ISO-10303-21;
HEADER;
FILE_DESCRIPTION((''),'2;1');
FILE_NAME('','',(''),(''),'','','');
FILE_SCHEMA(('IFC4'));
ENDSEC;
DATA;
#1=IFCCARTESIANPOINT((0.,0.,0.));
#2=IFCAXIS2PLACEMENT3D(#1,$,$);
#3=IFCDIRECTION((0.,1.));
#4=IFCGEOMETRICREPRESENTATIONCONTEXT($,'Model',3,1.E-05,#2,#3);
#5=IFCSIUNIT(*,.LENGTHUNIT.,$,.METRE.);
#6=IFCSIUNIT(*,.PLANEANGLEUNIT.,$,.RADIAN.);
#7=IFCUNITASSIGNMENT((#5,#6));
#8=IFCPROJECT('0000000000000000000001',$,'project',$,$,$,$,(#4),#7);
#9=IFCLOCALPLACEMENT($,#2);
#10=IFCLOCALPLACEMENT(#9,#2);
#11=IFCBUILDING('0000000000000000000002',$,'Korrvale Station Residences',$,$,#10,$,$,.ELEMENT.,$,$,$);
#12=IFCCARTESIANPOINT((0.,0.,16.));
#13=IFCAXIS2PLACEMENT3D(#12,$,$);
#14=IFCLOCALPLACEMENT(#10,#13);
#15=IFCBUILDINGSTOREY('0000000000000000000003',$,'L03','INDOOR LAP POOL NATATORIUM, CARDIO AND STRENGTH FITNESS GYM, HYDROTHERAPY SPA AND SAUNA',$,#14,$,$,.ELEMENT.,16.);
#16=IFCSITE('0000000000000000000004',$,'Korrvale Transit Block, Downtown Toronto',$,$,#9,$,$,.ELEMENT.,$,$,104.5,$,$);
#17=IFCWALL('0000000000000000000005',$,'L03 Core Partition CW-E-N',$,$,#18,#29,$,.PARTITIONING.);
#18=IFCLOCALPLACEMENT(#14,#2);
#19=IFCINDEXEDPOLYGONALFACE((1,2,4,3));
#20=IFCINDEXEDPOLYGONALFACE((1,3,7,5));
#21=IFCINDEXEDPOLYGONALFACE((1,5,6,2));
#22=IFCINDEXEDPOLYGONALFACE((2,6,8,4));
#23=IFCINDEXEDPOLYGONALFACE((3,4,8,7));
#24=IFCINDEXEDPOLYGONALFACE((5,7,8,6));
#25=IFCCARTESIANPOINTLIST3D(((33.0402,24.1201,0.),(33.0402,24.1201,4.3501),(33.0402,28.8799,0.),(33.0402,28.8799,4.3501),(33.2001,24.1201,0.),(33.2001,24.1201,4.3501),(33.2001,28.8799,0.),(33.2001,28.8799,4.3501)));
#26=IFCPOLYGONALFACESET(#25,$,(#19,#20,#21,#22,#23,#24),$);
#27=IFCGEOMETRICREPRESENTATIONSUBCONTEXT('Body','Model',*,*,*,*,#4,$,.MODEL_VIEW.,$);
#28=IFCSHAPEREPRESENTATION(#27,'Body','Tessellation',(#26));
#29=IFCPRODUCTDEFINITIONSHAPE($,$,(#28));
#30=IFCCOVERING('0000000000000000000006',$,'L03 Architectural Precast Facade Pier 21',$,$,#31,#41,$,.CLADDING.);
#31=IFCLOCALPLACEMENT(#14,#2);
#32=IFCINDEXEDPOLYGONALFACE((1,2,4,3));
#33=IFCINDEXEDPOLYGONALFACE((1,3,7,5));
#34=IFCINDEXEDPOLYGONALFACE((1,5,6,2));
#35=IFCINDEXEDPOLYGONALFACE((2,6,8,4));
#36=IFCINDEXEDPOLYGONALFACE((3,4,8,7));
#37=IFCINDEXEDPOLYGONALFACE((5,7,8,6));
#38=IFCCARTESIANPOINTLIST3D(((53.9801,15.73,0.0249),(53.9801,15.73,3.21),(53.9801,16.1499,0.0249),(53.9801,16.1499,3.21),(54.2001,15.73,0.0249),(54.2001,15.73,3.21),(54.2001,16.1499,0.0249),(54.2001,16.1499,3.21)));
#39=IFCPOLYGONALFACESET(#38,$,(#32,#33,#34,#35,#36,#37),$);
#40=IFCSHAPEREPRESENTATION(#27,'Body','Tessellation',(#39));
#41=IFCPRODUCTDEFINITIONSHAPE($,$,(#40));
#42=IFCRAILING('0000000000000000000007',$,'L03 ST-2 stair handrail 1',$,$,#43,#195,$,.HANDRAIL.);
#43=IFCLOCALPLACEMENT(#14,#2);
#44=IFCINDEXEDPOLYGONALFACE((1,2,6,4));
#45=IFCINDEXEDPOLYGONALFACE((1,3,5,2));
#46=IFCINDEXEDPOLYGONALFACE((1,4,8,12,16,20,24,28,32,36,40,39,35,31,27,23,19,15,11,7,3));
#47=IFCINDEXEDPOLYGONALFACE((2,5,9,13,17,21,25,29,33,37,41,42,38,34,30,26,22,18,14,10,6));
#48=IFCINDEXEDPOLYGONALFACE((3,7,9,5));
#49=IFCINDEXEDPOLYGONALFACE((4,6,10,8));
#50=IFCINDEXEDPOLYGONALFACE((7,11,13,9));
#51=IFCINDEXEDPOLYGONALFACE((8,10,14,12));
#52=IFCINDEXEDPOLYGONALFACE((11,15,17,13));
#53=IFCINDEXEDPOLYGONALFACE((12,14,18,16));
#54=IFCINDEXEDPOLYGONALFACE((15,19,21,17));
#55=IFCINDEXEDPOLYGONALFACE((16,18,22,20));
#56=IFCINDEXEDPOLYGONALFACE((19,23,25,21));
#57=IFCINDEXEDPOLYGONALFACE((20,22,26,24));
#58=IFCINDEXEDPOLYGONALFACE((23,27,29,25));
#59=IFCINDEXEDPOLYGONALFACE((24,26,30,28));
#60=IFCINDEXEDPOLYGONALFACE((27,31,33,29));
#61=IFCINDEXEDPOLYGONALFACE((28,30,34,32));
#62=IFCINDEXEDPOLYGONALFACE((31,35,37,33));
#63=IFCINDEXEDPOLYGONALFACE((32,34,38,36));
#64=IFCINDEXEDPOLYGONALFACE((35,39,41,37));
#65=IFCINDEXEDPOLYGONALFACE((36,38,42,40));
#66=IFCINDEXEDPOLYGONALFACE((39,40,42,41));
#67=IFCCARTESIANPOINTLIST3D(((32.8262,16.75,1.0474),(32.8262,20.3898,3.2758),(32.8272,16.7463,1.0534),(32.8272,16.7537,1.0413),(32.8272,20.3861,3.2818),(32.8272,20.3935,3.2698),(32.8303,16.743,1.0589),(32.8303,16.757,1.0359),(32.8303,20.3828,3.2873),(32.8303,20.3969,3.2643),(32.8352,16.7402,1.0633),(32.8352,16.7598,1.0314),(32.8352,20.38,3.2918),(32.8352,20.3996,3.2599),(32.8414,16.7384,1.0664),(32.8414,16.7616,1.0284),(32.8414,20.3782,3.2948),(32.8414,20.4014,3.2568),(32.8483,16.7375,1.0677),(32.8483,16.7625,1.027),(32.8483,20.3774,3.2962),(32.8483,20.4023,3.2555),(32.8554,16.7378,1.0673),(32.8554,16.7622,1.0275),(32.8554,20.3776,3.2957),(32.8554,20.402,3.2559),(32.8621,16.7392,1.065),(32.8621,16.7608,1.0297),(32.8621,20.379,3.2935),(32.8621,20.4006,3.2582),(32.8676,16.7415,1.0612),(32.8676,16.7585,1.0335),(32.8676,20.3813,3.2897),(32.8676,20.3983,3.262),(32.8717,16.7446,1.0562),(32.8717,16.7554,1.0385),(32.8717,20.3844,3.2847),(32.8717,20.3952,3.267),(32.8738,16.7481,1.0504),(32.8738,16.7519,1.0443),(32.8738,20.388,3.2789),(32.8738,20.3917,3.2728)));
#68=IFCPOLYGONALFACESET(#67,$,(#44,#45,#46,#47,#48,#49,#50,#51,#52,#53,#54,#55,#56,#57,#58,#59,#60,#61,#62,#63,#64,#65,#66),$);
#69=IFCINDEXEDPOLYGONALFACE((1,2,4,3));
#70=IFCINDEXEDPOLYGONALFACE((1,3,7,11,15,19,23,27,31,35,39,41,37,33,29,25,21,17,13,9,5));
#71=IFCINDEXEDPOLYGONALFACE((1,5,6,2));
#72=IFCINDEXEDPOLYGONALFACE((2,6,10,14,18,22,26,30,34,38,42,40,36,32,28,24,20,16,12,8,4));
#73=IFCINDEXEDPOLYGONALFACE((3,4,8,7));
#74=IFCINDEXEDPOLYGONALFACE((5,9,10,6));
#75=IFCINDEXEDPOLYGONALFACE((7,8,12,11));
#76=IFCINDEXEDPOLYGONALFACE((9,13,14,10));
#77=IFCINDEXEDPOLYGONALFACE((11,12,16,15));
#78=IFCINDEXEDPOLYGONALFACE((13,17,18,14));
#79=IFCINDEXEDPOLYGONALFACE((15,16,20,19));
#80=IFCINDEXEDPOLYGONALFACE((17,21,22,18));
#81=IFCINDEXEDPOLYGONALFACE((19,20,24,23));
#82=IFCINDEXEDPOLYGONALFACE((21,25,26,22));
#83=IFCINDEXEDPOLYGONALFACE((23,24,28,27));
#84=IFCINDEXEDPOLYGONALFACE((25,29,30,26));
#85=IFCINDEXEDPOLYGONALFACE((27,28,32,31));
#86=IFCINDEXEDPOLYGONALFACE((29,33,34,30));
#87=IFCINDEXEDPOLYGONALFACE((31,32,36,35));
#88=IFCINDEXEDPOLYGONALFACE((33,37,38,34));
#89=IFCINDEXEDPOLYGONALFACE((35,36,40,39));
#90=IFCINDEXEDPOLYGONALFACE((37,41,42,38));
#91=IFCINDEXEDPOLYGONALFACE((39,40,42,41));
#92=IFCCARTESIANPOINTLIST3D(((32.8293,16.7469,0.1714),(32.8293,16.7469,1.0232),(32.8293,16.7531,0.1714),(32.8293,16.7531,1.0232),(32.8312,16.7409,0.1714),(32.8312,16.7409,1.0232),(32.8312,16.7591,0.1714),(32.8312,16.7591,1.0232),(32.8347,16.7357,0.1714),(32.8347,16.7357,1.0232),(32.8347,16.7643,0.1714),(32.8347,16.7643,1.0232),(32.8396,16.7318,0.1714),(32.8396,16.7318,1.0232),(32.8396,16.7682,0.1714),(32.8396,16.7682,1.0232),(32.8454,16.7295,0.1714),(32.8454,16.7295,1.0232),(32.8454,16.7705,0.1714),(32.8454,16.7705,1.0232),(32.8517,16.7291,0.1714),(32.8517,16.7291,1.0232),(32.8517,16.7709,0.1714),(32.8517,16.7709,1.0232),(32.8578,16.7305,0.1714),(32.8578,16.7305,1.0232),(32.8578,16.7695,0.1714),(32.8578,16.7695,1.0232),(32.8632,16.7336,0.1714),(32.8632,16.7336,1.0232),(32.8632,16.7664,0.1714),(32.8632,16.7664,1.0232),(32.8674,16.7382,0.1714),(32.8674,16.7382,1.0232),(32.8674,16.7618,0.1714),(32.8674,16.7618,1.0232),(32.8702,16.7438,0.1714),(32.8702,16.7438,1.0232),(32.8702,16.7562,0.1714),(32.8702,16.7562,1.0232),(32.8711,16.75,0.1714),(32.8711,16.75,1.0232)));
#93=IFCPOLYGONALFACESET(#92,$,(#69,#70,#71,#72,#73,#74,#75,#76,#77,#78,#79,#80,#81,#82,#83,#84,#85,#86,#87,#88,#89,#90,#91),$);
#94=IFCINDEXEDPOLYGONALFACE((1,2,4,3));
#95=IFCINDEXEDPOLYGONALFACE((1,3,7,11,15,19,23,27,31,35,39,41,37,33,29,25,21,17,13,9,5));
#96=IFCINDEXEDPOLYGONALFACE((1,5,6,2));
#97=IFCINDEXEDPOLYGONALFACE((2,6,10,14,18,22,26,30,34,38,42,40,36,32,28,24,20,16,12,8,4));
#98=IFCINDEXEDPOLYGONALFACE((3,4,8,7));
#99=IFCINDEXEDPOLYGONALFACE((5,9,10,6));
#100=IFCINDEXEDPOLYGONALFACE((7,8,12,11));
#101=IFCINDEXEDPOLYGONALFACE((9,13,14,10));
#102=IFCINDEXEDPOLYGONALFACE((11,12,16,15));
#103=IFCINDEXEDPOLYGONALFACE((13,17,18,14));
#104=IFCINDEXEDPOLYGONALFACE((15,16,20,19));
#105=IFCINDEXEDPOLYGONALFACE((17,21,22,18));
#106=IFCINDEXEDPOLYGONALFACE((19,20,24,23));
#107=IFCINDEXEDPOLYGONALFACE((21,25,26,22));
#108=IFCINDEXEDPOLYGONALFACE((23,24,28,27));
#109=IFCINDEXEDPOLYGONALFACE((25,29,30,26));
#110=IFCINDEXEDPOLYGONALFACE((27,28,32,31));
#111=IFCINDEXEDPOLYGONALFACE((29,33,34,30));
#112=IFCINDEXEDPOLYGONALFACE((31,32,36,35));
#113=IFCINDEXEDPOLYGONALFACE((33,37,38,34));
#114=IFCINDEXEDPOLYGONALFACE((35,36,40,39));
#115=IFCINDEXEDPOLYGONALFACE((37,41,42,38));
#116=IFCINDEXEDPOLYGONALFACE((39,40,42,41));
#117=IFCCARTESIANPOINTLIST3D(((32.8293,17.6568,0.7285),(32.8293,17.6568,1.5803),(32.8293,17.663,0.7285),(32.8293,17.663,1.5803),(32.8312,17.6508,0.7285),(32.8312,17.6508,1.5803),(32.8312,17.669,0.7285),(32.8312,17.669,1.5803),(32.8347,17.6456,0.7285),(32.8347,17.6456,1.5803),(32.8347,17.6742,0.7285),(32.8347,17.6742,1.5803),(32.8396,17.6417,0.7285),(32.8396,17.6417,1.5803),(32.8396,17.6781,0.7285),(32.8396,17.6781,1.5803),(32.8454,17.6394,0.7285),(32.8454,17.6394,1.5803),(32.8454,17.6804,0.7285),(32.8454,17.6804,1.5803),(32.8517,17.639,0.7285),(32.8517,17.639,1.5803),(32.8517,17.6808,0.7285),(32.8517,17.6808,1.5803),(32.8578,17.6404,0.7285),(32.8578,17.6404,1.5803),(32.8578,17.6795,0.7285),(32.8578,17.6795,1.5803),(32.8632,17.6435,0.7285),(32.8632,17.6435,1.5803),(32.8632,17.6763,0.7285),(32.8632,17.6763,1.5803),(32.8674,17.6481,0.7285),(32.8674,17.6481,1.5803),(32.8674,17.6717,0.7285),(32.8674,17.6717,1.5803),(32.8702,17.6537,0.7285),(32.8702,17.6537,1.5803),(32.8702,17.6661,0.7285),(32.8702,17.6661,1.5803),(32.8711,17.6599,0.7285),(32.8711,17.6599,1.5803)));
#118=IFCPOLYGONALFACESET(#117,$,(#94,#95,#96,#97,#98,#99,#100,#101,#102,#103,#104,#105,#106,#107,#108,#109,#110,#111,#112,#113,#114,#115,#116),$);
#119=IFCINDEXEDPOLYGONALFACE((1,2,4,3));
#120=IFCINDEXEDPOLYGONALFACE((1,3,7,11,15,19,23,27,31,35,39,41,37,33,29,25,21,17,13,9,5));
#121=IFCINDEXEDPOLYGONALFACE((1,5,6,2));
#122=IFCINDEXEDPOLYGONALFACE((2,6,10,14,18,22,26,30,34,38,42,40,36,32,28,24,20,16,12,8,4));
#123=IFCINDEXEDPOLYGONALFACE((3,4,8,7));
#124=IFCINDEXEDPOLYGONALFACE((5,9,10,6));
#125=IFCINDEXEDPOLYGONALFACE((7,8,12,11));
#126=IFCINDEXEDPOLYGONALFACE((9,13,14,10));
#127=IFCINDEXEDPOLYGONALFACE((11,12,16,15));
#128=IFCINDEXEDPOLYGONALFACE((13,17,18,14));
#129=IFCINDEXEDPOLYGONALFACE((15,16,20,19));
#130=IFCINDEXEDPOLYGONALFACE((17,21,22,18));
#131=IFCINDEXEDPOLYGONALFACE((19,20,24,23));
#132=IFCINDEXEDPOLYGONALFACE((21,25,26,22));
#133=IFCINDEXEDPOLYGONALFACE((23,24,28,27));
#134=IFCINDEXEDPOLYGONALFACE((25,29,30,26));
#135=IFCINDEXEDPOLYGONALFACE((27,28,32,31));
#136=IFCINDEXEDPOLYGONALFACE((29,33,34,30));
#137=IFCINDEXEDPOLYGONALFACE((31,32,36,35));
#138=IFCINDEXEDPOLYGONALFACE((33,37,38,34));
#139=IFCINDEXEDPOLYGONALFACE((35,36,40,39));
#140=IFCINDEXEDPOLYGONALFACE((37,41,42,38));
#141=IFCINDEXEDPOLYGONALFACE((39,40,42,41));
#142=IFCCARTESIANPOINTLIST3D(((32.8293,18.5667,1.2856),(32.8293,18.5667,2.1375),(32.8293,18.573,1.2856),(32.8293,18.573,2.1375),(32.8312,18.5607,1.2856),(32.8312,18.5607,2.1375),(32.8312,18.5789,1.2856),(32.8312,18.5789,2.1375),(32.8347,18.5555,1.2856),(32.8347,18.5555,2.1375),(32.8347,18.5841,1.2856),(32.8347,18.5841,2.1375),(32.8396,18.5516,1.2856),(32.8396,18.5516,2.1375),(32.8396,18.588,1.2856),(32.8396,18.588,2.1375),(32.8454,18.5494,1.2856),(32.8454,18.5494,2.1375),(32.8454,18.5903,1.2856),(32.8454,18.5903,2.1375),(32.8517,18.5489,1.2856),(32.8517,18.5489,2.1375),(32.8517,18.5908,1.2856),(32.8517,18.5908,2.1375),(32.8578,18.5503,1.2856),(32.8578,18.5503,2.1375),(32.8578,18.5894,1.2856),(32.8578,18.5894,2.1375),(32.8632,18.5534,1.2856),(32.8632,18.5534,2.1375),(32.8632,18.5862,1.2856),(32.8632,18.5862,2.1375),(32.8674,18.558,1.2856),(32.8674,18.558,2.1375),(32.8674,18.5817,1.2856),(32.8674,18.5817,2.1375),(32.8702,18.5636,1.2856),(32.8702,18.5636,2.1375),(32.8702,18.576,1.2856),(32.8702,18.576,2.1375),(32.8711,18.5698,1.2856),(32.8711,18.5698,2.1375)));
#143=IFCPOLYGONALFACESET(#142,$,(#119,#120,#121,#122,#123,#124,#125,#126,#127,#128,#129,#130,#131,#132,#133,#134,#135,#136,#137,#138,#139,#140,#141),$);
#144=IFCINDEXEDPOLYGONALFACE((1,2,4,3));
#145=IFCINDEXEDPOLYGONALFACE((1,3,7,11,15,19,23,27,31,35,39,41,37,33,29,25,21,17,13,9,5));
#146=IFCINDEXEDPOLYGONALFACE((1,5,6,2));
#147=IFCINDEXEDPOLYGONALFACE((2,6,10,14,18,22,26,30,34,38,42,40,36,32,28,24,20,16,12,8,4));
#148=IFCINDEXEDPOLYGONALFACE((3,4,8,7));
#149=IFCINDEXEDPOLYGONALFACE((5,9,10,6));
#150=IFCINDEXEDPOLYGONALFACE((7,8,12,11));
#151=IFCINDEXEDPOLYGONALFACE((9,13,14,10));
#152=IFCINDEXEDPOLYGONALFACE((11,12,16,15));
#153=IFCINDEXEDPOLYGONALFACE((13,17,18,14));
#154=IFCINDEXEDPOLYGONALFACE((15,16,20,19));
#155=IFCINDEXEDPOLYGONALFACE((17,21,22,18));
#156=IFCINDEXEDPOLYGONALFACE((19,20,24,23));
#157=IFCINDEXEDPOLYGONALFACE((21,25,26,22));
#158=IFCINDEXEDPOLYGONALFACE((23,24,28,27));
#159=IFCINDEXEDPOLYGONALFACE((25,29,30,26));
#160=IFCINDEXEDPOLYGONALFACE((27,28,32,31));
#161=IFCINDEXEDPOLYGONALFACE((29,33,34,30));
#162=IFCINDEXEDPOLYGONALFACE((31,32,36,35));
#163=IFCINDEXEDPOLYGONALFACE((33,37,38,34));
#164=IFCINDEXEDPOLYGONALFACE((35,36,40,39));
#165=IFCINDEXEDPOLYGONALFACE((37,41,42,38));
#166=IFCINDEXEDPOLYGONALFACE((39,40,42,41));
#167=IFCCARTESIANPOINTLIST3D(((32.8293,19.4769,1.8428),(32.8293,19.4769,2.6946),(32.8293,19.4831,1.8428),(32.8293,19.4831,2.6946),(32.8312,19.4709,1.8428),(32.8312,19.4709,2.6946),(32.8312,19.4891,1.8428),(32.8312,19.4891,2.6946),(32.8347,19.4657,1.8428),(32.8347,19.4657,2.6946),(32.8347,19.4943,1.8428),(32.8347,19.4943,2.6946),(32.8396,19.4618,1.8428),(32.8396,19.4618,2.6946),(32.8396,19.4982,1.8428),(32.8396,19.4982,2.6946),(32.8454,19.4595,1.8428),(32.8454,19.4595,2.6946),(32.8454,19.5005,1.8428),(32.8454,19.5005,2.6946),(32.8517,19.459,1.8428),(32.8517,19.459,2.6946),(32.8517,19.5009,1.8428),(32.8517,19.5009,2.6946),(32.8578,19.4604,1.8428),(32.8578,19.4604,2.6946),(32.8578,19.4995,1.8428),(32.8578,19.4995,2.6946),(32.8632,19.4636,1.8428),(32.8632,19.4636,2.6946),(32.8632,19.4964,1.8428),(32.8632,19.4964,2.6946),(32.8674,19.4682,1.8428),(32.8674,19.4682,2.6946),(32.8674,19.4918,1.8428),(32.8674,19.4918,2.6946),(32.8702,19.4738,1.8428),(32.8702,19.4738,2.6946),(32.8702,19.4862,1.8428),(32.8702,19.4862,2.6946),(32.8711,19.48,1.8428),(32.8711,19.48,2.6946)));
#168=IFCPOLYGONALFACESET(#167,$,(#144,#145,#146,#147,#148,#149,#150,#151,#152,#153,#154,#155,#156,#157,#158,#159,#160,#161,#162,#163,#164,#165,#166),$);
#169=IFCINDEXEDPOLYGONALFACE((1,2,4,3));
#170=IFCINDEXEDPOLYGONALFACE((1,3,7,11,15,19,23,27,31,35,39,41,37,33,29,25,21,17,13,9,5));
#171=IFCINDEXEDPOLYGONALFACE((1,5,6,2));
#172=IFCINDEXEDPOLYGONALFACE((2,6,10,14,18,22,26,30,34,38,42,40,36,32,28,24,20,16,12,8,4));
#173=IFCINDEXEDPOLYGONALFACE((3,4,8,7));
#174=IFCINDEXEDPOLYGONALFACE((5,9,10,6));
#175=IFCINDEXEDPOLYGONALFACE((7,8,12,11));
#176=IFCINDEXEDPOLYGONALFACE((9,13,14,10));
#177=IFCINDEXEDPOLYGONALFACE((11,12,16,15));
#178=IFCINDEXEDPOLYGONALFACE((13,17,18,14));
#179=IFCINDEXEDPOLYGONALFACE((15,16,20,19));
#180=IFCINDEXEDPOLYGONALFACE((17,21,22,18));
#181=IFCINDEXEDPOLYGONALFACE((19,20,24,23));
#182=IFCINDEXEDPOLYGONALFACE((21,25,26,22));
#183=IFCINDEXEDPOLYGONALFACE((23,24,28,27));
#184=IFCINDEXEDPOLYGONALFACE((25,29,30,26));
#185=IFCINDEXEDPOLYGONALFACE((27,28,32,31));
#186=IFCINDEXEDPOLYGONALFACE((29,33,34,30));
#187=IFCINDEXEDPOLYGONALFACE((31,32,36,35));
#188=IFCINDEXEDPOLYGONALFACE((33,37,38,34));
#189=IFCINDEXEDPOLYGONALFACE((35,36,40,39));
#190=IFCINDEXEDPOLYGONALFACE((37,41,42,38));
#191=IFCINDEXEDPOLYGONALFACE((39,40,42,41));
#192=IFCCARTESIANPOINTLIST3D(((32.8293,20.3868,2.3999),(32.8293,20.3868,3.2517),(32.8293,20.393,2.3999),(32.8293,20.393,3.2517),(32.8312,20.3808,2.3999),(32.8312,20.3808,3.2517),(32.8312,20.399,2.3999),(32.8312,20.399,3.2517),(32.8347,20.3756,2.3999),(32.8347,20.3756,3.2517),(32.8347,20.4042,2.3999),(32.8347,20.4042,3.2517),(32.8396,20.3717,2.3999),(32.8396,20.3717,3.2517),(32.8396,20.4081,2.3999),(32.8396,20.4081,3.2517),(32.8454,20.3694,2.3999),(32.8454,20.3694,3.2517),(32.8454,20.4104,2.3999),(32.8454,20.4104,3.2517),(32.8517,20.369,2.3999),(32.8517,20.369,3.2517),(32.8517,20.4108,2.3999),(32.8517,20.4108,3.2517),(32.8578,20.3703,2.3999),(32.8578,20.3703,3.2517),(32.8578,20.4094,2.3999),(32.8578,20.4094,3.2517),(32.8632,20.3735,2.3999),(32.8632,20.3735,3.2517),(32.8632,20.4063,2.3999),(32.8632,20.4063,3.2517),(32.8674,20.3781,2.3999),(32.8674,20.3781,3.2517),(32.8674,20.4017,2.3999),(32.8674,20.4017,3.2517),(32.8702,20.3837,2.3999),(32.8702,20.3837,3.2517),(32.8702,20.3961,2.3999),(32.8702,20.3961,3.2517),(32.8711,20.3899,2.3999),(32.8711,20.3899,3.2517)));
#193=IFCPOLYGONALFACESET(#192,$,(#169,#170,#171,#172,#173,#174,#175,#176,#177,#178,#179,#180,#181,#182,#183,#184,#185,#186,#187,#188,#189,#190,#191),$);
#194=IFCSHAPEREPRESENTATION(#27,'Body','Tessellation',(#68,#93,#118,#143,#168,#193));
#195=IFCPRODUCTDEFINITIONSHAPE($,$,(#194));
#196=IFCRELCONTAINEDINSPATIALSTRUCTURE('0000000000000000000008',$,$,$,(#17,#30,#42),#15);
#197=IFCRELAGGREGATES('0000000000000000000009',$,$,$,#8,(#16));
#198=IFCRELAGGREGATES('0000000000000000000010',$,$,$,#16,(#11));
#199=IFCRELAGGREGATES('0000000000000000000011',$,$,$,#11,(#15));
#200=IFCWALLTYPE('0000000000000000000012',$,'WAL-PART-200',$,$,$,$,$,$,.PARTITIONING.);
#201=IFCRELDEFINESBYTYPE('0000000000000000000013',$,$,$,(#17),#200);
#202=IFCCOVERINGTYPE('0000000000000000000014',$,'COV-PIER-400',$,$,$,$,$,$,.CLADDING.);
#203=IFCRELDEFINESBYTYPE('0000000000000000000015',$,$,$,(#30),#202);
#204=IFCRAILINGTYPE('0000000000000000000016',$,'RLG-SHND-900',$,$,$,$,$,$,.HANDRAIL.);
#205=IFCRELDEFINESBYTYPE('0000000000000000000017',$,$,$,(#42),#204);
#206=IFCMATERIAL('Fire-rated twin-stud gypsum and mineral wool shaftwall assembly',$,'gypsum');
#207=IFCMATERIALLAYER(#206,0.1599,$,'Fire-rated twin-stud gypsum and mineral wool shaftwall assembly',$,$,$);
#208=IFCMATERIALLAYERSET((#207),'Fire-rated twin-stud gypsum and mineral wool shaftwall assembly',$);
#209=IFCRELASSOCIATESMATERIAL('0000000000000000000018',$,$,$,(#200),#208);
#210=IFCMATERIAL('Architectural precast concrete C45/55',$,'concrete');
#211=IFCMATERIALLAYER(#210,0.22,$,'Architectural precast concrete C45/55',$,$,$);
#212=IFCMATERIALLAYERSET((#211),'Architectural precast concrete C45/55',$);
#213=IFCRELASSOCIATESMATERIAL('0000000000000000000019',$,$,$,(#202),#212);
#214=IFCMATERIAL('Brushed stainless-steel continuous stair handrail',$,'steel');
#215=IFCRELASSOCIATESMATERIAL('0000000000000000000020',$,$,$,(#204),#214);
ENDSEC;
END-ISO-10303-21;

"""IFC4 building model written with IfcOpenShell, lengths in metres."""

from ifc_helpers import new_model, si_unit, direction, frame, frame_2d, origin, origin_2d, place, context, subcontext, project, spatial, rectangle, circle, extrude, material, layer, layer_set, type_object, element, save


model = new_model("IFC4")

# Units and contexts
model_context = context("Model", 3, precision=1e-05, world=origin(), true_north=direction((0.0, 1.0)))
body_context = subcontext(model_context, "Body", "Model", "MODEL_VIEW")
ifc_project = project(units=[si_unit("LENGTHUNIT", "METRE"), si_unit("PLANEANGLEUNIT", "RADIAN")], contexts=[model_context])

# Site, building, storey
site_placement = place(None, origin())
site = spatial("IfcSite", under=ifc_project, at=site_placement, Name="Korrvale Transit Block, Downtown Toronto", CompositionType="ELEMENT", RefElevation=104.5)
building_placement = place(site_placement, origin())
building = spatial("IfcBuilding", under=site, at=building_placement, Name="Korrvale Station Residences", CompositionType="ELEMENT")
storey_placement = place(building_placement, frame((0.0, 0.0, 16.0)))
storey = spatial("IfcBuildingStorey", under=building, at=storey_placement, Name="L03", Description="INDOOR LAP POOL NATATORIUM, CARDIO AND STRENGTH FITNESS GYM, HYDROTHERAPY SPA AND SAUNA", CompositionType="ELEMENT", Elevation=16.0)

# Wall
ifc_material_1 = material(Name="Fire-rated twin-stud gypsum and mineral wool shaftwall assembly", Category="gypsum")
ifc_layer_1 = layer(ifc_material_1, 0.1599, Name="Fire-rated twin-stud gypsum and mineral wool shaftwall assembly")
ifc_layer_set_1 = layer_set([ifc_layer_1], Name="Fire-rated twin-stud gypsum and mineral wool shaftwall assembly")
wall_type = type_object("IfcWallType", Name="WAL-PART-200", PredefinedType="PARTITIONING", material=ifc_layer_set_1)
wall_placement = place(storey_placement, frame((33.1201, 24.1201, 0.0), z_axis=(0.0, 0.0, 1.0), x_axis=(0.0, 1.0, 0.0)))
element("IfcWall", 1, at=wall_placement, inside=storey, type_object=wall_type, Name="L03 Core Partition CW-E-N", PredefinedType="PARTITIONING", context=body_context, shape_type="SweptSolid", body=[
    extrude(rectangle(XDim=4.7598, YDim=0.1599, at=frame_2d((2.3799, 0.0))), origin(), (0.0, 0.0, 1.0), 4.3501),
])

# Covering
ifc_material_2 = material(Name="Architectural precast concrete C45/55", Category="concrete")
ifc_layer_2 = layer(ifc_material_2, 0.22, Name="Architectural precast concrete C45/55")
ifc_layer_set_2 = layer_set([ifc_layer_2], Name="Architectural precast concrete C45/55")
covering_type = type_object("IfcCoveringType", Name="COV-PIER-400", PredefinedType="CLADDING", material=ifc_layer_set_2)
covering_placement = place(storey_placement, frame((54.0901, 15.9399, 0.0249), z_axis=(0.0, 0.0, 1.0), x_axis=(0.0, 1.0, 0.0)))
element("IfcCovering", 2, at=covering_placement, inside=storey, type_object=covering_type, Name="L03 Architectural Precast Facade Pier 21", PredefinedType="CLADDING", context=body_context, shape_type="SweptSolid", body=[
    extrude(rectangle(XDim=0.4199, YDim=0.22, at=origin_2d()), origin(), (0.0, 0.0, 1.0), 3.1851),
])

# Railing
ifc_material_3 = material(Name="Brushed stainless-steel continuous stair handrail", Category="steel")
railing_type_1 = type_object("IfcRailingType", Name="RLG-SHND-900", PredefinedType="HANDRAIL", material=ifc_material_3)
railing_1_placement = place(storey_placement, frame((32.8501, 16.75, 0.1714)))
element("IfcRailing", 3, at=railing_1_placement, inside=storey, type_object=railing_type_1, Name="L03 ST-2 stair handrail 1", PredefinedType="HANDRAIL", context=body_context, shape_type="SweptSolid", body=[
    extrude(circle(Radius=0.0239, at=origin_2d()), frame((0.0, 0.0, 0.876), z_axis=(0.0, 0.85285, 0.522156), x_axis=(-1.0, 0.0, 0.0)), (0.0, 0.0, 1.0), 4.2678),
    extrude(circle(Radius=0.021, at=origin_2d()), origin(), (0.0, 0.0, 1.0), 0.8518),
    extrude(circle(Radius=0.021, at=origin_2d()), frame((0.0, 0.9099, 0.5571)), (0.0, 0.0, 1.0), 0.8518),
    extrude(circle(Radius=0.021, at=origin_2d()), frame((0.0, 1.8198, 1.1143)), (0.0, 0.0, 1.0), 0.8518),
    extrude(circle(Radius=0.021, at=origin_2d()), frame((0.0, 2.73, 1.6714)), (0.0, 0.0, 1.0), 0.8518),
    extrude(circle(Radius=0.021, at=origin_2d()), frame((0.0, 3.6399, 2.2285)), (0.0, 0.0, 1.0), 0.8518),
])

save(model, "model.ifc")
